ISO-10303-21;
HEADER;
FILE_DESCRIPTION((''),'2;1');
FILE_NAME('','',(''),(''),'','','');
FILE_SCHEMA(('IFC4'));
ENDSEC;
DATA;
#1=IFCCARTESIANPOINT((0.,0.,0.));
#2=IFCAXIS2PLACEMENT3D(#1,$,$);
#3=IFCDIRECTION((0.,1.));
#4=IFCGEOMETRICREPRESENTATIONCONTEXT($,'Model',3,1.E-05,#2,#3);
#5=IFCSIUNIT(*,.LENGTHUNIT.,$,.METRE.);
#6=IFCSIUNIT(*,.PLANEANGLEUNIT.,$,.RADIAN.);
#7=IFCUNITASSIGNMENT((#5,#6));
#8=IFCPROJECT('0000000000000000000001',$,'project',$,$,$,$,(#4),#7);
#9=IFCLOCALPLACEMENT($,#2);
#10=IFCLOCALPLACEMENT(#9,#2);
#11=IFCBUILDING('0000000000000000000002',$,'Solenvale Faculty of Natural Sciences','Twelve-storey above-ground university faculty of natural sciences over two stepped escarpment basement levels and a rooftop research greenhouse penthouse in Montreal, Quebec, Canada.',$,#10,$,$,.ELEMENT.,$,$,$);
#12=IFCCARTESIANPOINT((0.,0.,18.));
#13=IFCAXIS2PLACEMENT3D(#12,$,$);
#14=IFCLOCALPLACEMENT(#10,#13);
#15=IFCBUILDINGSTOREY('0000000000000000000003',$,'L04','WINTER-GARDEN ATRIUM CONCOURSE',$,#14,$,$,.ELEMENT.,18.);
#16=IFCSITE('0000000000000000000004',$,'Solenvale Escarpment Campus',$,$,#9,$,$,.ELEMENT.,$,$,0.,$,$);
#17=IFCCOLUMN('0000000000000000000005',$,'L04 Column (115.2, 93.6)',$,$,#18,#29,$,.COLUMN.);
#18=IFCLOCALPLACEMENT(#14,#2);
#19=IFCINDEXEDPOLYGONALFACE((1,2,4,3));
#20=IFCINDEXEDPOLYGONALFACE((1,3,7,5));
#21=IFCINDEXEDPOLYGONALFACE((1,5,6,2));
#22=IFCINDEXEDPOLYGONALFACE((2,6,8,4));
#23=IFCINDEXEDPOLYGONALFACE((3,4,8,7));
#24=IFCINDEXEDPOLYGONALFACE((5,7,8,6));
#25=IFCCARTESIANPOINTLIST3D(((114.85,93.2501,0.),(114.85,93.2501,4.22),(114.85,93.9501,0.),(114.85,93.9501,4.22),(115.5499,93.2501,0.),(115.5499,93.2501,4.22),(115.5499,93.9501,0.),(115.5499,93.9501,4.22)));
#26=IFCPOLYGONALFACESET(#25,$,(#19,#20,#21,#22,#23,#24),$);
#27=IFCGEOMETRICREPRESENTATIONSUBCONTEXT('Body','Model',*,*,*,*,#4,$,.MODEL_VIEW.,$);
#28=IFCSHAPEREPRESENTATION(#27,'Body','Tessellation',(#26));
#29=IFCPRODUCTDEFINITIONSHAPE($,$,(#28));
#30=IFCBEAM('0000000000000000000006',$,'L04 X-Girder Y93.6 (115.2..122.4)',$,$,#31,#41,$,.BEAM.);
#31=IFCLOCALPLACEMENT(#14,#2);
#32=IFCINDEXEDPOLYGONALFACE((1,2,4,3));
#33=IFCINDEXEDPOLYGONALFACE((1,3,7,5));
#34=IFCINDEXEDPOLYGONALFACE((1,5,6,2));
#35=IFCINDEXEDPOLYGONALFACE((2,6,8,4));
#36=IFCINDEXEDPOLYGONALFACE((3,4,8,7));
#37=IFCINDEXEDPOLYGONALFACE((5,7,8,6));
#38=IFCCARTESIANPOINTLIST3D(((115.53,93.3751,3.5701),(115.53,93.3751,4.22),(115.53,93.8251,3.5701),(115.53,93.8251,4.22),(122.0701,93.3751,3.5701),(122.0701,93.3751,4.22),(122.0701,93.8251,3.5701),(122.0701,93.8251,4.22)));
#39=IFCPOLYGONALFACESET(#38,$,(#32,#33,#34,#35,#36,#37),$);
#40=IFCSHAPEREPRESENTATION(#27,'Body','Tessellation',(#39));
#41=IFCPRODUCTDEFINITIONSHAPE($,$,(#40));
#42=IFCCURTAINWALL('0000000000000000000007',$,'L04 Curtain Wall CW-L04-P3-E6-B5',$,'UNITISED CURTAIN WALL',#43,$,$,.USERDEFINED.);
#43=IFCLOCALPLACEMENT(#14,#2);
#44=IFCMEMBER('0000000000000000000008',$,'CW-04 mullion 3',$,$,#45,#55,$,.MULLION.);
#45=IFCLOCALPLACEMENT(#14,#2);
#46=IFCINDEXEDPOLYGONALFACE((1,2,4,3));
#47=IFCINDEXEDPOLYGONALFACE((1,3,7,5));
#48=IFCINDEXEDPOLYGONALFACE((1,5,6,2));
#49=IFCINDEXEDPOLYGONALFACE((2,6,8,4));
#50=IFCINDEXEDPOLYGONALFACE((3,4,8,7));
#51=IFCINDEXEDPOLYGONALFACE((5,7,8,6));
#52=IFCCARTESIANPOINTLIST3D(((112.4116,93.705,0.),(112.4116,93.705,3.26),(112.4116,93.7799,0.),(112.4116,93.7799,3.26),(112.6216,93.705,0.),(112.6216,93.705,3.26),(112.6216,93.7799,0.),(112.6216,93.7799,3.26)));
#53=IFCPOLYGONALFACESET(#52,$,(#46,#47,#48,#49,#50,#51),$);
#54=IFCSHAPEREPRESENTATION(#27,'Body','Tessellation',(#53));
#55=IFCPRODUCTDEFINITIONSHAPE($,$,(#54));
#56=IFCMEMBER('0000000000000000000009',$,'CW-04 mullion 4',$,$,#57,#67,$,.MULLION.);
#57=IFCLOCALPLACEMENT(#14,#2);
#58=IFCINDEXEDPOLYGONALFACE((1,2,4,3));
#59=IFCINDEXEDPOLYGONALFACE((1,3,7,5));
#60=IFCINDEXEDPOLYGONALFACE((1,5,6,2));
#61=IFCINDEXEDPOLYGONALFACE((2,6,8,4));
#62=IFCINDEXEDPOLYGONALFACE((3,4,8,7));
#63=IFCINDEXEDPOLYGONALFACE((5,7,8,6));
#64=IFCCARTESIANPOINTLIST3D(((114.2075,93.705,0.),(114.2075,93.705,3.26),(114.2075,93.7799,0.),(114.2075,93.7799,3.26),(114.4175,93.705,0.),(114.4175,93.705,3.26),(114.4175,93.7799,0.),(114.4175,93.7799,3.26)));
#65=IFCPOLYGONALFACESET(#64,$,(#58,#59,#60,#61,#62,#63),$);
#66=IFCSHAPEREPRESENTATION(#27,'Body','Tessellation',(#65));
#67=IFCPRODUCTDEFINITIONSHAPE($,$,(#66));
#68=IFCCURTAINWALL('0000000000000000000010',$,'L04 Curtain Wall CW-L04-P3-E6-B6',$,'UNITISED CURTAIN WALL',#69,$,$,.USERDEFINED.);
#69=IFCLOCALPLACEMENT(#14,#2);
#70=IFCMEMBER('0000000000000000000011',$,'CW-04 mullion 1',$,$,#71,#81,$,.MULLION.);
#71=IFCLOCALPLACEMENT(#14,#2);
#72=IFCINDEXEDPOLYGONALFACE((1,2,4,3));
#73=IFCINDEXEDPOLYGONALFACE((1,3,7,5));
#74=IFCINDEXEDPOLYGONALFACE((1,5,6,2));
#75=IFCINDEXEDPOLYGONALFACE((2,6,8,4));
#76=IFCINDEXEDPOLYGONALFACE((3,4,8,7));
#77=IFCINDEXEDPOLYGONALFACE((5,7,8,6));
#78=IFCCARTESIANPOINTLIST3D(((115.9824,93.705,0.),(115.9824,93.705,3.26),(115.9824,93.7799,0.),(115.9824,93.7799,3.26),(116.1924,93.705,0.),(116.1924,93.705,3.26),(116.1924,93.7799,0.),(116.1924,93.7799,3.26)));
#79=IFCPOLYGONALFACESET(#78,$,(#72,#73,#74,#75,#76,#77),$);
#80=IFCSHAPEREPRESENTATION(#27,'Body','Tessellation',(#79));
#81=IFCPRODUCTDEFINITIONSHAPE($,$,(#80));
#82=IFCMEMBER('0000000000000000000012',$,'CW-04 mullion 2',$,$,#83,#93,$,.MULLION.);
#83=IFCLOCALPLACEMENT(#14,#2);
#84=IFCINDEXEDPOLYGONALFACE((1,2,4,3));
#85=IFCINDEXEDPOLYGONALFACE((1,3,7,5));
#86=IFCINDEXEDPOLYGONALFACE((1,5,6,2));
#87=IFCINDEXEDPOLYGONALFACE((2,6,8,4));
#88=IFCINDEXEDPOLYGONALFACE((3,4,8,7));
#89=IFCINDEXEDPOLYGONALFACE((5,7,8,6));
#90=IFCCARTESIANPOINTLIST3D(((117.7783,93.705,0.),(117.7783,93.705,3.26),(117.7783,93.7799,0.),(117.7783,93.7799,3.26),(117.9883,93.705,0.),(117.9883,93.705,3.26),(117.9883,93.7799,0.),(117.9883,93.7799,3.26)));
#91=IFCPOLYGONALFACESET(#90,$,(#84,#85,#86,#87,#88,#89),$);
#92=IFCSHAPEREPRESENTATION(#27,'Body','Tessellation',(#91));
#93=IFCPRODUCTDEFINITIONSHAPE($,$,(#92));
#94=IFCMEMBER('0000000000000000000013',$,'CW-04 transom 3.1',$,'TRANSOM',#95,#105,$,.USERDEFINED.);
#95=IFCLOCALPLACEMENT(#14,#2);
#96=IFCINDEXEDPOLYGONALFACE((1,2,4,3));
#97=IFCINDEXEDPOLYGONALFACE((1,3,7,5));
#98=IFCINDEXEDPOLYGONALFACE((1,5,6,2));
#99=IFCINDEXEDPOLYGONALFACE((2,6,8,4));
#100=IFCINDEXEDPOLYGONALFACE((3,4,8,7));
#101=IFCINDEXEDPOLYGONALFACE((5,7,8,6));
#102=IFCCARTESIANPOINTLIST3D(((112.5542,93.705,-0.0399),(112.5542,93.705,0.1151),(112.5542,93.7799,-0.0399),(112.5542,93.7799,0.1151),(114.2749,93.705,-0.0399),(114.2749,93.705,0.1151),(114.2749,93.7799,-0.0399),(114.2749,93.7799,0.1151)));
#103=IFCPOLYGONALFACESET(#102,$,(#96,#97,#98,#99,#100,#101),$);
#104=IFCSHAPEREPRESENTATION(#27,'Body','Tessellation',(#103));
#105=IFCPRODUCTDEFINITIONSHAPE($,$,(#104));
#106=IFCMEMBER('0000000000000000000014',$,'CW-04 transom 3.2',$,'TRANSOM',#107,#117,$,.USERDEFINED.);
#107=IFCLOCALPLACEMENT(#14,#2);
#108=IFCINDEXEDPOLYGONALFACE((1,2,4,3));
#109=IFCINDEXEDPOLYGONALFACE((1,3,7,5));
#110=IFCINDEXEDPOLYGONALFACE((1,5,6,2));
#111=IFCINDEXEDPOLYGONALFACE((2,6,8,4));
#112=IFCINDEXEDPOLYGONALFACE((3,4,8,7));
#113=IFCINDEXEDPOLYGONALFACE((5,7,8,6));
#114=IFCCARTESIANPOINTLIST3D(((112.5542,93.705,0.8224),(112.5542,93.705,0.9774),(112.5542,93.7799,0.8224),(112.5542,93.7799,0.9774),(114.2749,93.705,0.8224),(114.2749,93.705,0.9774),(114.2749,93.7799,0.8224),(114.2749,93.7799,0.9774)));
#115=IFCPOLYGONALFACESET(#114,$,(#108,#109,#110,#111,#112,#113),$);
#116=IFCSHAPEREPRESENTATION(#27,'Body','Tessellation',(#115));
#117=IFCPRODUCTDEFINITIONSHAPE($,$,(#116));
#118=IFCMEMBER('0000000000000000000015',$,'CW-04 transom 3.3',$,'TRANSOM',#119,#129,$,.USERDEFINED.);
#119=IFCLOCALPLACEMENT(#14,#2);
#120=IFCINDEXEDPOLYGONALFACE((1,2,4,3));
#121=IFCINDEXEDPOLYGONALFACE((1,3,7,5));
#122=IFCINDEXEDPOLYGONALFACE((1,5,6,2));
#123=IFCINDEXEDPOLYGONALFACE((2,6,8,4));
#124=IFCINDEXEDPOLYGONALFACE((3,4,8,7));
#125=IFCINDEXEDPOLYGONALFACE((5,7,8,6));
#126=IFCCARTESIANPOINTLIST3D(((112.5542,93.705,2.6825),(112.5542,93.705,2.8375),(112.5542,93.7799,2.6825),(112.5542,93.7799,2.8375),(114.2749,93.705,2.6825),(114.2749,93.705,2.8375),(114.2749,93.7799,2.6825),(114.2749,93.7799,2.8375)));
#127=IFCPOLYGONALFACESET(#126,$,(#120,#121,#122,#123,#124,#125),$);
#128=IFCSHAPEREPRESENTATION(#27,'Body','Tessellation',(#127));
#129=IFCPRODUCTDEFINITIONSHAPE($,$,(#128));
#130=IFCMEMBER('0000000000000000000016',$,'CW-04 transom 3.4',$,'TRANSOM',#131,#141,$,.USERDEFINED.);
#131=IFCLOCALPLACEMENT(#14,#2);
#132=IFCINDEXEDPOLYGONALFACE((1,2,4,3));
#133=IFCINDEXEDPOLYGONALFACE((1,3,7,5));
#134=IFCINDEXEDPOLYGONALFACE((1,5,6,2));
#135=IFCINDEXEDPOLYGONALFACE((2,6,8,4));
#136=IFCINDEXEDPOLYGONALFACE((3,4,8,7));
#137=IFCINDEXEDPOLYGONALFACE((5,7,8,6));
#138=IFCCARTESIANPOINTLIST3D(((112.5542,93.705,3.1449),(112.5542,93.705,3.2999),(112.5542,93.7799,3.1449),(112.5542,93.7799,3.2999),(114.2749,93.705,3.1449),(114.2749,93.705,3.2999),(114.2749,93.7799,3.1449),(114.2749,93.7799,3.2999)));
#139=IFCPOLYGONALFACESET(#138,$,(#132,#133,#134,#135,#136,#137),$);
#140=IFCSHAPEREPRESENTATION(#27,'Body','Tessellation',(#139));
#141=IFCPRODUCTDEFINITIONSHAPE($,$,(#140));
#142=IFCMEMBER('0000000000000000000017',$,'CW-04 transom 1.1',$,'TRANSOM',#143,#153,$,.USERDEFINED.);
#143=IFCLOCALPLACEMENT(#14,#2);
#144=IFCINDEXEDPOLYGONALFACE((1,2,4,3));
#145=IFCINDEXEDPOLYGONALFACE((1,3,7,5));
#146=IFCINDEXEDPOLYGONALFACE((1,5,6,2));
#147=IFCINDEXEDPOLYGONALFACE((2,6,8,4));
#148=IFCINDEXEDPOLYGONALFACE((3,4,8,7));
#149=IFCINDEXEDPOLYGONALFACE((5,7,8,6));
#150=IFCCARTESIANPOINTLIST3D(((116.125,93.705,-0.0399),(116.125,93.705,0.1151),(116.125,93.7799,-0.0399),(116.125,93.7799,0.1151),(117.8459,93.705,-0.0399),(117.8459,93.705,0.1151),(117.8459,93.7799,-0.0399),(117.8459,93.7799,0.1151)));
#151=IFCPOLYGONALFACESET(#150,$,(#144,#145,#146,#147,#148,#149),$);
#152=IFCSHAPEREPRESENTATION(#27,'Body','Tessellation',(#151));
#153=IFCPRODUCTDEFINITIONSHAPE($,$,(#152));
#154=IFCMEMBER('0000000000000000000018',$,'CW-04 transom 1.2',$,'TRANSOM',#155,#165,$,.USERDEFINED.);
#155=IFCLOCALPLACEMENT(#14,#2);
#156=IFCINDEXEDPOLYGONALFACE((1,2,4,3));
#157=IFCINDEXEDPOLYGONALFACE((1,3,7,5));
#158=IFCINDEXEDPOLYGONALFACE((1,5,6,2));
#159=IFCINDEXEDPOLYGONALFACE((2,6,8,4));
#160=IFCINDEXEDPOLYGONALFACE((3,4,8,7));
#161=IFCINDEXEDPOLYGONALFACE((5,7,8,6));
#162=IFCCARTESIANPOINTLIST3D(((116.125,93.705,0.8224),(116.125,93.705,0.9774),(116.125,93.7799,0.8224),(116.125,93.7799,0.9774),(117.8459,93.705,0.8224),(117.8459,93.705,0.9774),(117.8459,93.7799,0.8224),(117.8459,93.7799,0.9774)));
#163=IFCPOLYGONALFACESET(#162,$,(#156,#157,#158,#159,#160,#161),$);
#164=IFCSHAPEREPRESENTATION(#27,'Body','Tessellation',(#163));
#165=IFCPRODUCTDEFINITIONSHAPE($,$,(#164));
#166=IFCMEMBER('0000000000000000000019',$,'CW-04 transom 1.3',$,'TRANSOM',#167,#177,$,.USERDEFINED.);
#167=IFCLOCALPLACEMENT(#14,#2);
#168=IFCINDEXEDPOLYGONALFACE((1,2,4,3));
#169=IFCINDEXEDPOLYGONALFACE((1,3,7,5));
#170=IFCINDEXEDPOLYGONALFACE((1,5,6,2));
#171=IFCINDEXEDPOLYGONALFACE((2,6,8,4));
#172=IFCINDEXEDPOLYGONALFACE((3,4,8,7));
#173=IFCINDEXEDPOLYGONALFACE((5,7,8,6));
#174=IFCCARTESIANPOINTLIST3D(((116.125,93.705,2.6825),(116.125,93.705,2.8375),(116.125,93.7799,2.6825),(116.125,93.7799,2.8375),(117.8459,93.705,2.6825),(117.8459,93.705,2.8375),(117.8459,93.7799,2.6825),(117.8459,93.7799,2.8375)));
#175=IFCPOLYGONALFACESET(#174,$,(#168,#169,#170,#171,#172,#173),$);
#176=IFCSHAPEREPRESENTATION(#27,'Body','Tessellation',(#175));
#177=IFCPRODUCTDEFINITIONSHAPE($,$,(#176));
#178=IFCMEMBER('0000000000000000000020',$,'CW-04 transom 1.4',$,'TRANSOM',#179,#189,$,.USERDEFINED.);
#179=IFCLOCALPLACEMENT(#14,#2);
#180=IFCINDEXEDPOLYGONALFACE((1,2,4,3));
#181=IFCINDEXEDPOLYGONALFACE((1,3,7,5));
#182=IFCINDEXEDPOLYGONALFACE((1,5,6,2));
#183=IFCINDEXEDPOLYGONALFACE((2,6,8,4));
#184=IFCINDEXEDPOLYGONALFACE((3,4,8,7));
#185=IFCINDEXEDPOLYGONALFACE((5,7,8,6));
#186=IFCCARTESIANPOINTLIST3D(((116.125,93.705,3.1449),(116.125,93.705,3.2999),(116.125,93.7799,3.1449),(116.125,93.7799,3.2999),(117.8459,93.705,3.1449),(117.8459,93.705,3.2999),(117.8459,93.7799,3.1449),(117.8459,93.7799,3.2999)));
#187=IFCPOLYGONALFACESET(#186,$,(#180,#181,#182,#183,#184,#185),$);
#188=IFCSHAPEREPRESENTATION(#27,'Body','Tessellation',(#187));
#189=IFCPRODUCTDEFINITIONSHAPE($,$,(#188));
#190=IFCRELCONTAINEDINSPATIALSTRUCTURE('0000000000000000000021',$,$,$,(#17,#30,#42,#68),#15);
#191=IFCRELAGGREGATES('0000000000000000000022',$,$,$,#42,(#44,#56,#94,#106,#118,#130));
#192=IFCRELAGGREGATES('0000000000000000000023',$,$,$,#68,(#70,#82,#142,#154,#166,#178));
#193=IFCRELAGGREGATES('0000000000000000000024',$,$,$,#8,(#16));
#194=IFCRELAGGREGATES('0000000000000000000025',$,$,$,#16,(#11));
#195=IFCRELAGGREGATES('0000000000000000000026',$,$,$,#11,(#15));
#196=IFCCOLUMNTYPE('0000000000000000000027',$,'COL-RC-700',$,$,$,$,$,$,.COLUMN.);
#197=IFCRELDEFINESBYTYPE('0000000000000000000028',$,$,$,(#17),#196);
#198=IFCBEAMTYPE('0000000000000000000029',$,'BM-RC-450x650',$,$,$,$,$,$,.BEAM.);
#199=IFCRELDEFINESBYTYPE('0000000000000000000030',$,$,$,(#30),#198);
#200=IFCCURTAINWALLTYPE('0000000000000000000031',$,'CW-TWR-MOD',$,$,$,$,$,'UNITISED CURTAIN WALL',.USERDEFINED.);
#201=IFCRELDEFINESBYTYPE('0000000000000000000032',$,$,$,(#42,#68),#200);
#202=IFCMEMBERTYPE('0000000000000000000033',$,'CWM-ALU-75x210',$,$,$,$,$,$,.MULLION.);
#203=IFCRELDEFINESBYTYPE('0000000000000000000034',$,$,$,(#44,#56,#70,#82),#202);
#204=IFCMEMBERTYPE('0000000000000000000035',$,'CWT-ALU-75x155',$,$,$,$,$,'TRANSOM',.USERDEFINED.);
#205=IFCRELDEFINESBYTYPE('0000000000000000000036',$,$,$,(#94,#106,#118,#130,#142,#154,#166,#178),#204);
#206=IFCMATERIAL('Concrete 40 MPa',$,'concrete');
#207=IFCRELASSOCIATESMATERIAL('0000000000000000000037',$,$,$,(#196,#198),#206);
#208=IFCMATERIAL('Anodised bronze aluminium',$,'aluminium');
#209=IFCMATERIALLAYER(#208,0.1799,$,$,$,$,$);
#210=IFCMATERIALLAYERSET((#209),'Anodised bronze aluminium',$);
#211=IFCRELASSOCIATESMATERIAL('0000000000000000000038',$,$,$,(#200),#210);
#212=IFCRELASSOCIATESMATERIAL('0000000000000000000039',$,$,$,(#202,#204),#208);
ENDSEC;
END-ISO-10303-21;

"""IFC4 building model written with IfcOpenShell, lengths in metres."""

from ifc_helpers import new_model, si_unit, direction, frame, origin, origin_2d, place, context, subcontext, project, spatial, rectangle, extrude, material, layer, layer_set, material_profile, profile_set, type_object, element, aggregate, save


model = new_model("IFC4")

# Units and contexts
model_context = context("Model", 3, precision=1e-05, world=origin(), true_north=direction((0.0, 1.0)))
body_context = subcontext(model_context, "Body", "Model", "MODEL_VIEW")
ifc_project = project(units=[si_unit("LENGTHUNIT", "METRE"), si_unit("PLANEANGLEUNIT", "RADIAN")], contexts=[model_context])

# Site, building, storey
site_placement = place(None, origin())
site = spatial("IfcSite", under=ifc_project, at=site_placement, Name="Solenvale Escarpment Campus", CompositionType="ELEMENT", RefElevation=0.0)
building_placement = place(site_placement, origin())
building = spatial("IfcBuilding", under=site, at=building_placement, Name="Solenvale Faculty of Natural Sciences", Description="Twelve-storey above-ground university faculty of natural sciences over two stepped escarpment basement levels and a rooftop research greenhouse penthouse in Montreal, Quebec, Canada.", CompositionType="ELEMENT")
storey_placement = place(building_placement, frame((0.0, 0.0, 18.0)))
storey = spatial("IfcBuildingStorey", under=building, at=storey_placement, Name="L04", Description="WINTER-GARDEN ATRIUM CONCOURSE", CompositionType="ELEMENT", Elevation=18.0)

# Column
ifc_material_1 = material(Name="Concrete 40 MPa", Category="concrete")
ifc_material_profile_1 = material_profile(ifc_material_1, rectangle(XDim=0.7, YDim=0.7, at=origin_2d()), Name="RC-COL-700x700")
ifc_profile_set_1 = profile_set([ifc_material_profile_1], Name="Concrete 40 MPa")
column_type = type_object("IfcColumnType", Name="COL-RC-700", PredefinedType="COLUMN", material=ifc_profile_set_1)
column_placement = place(storey_placement, frame((115.2, 93.6001, 0.0), z_axis=(0.0, 0.0, 1.0), x_axis=(1.0, 0.0, 0.0)))
element("IfcColumn", 1, at=column_placement, inside=storey, type_object=column_type, Name="L04 Column (115.2, 93.6)", PredefinedType="COLUMN", context=body_context, shape_type="SweptSolid", body=[
    extrude(rectangle(XDim=0.7, YDim=0.7, at=origin_2d()), origin(), (0.0, 0.0, 1.0), 4.22),
])

# Beam
ifc_material_profile_2 = material_profile(ifc_material_1, rectangle(XDim=0.45, YDim=0.6499, at=origin_2d()), Name="RC-BM-450x650")
ifc_profile_set_2 = profile_set([ifc_material_profile_2], Name="Concrete 40 MPa")
beam_type = type_object("IfcBeamType", Name="BM-RC-450x650", PredefinedType="BEAM", material=ifc_profile_set_2)
beam_placement = place(storey_placement, frame((115.53, 93.6001, 3.895), z_axis=(1.0, 0.0, 0.0), x_axis=(0.0, 1.0, 0.0)))
element("IfcBeam", 2, at=beam_placement, inside=storey, type_object=beam_type, Name="L04 X-Girder Y93.6 (115.2..122.4)", PredefinedType="BEAM", context=body_context, shape_type="SweptSolid", body=[
    extrude(rectangle(XDim=0.45, YDim=0.6499, at=origin_2d()), origin(), (0.0, 0.0, 1.0), 6.54),
])

# Curtain walls, members
ifc_material_2 = material(Name="Anodised bronze aluminium", Category="aluminium")
ifc_layer_1 = layer(ifc_material_2, 0.1799)
ifc_layer_set_1 = layer_set([ifc_layer_1], Name="Anodised bronze aluminium")
curtain_wall_type = type_object("IfcCurtainWallType", Name="CW-TWR-MOD", ElementType="UNITISED CURTAIN WALL", PredefinedType="USERDEFINED", material=ifc_layer_set_1)
curtain_wall_1_placement = place(storey_placement, origin())
curtain_wall_1 = element("IfcCurtainWall", 3, at=curtain_wall_1_placement, inside=storey, type_object=curtain_wall_type, Name="L04 Curtain Wall CW-L04-P3-E6-B5", ObjectType="UNITISED CURTAIN WALL", PredefinedType="USERDEFINED")
ifc_material_profile_3 = material_profile(ifc_material_2, rectangle(XDim=0.075, YDim=0.21, at=origin_2d()), Name="ALU-MUL-75x210")
ifc_profile_set_3 = profile_set([ifc_material_profile_3], Name="Anodised bronze aluminium")
member_type_1 = type_object("IfcMemberType", Name="CWM-ALU-75x210", PredefinedType="MULLION", material=ifc_profile_set_3)
member_1_placement = place(storey_placement, frame((112.5166, 93.7424, 0.0), z_axis=(0.0, 0.0, 1.0), x_axis=(0.0, 1.0, 0.0)))
member_1 = element("IfcMember", 4, at=member_1_placement, type_object=member_type_1, Name="CW-04 mullion 3", PredefinedType="MULLION", context=body_context, shape_type="SweptSolid", body=[
    extrude(rectangle(XDim=0.075, YDim=0.21, at=origin_2d()), origin(), (0.0, 0.0, 1.0), 3.26),
])
member_2_placement = place(storey_placement, frame((114.3125, 93.7424, 0.0), z_axis=(0.0, 0.0, 1.0), x_axis=(0.0, 1.0, 0.0)))
member_2 = element("IfcMember", 5, at=member_2_placement, type_object=member_type_1, Name="CW-04 mullion 4", PredefinedType="MULLION", context=body_context, shape_type="SweptSolid", body=[
    extrude(rectangle(XDim=0.075, YDim=0.21, at=origin_2d()), origin(), (0.0, 0.0, 1.0), 3.26),
])
curtain_wall_2_placement = place(storey_placement, origin())
curtain_wall_2 = element("IfcCurtainWall", 6, at=curtain_wall_2_placement, inside=storey, type_object=curtain_wall_type, Name="L04 Curtain Wall CW-L04-P3-E6-B6", ObjectType="UNITISED CURTAIN WALL", PredefinedType="USERDEFINED")
member_3_placement = place(storey_placement, frame((116.0874, 93.7424, 0.0), z_axis=(0.0, 0.0, 1.0), x_axis=(0.0, 1.0, 0.0)))
member_3 = element("IfcMember", 7, at=member_3_placement, type_object=member_type_1, Name="CW-04 mullion 1", PredefinedType="MULLION", context=body_context, shape_type="SweptSolid", body=[
    extrude(rectangle(XDim=0.075, YDim=0.21, at=origin_2d()), origin(), (0.0, 0.0, 1.0), 3.26),
])
member_4_placement = place(storey_placement, frame((117.8833, 93.7424, 0.0), z_axis=(0.0, 0.0, 1.0), x_axis=(0.0, 1.0, 0.0)))
member_4 = element("IfcMember", 8, at=member_4_placement, type_object=member_type_1, Name="CW-04 mullion 2", PredefinedType="MULLION", context=body_context, shape_type="SweptSolid", body=[
    extrude(rectangle(XDim=0.075, YDim=0.21, at=origin_2d()), origin(), (0.0, 0.0, 1.0), 3.26),
])

# Members
ifc_material_profile_4 = material_profile(ifc_material_2, rectangle(XDim=0.075, YDim=0.155, at=origin_2d()), Name="ALU-TRN-75x155")
ifc_profile_set_4 = profile_set([ifc_material_profile_4], Name="Anodised bronze aluminium")
member_type_2 = type_object("IfcMemberType", Name="CWT-ALU-75x155", ElementType="TRANSOM", PredefinedType="USERDEFINED", material=ifc_profile_set_4)
member_5_placement = place(storey_placement, frame((112.5542, 93.7424, 0.0376), z_axis=(1.0, 0.0, 0.0), x_axis=(0.0, 1.0, 0.0)))
member_5 = element("IfcMember", 9, at=member_5_placement, type_object=member_type_2, Name="CW-04 transom 3.1", ObjectType="TRANSOM", PredefinedType="USERDEFINED", context=body_context, shape_type="SweptSolid", body=[
    extrude(rectangle(XDim=0.075, YDim=0.155, at=origin_2d()), origin(), (0.0, 0.0, 1.0), 1.7207),
])
member_6_placement = place(storey_placement, frame((112.5542, 93.7424, 0.8999), z_axis=(1.0, 0.0, 0.0), x_axis=(0.0, 1.0, 0.0)))
member_6 = element("IfcMember", 10, at=member_6_placement, type_object=member_type_2, Name="CW-04 transom 3.2", ObjectType="TRANSOM", PredefinedType="USERDEFINED", context=body_context, shape_type="SweptSolid", body=[
    extrude(rectangle(XDim=0.075, YDim=0.155, at=origin_2d()), origin(), (0.0, 0.0, 1.0), 1.7207),
])
member_7_placement = place(storey_placement, frame((112.5542, 93.7424, 2.76), z_axis=(1.0, 0.0, 0.0), x_axis=(0.0, 1.0, 0.0)))
member_7 = element("IfcMember", 11, at=member_7_placement, type_object=member_type_2, Name="CW-04 transom 3.3", ObjectType="TRANSOM", PredefinedType="USERDEFINED", context=body_context, shape_type="SweptSolid", body=[
    extrude(rectangle(XDim=0.075, YDim=0.155, at=origin_2d()), origin(), (0.0, 0.0, 1.0), 1.7207),
])
member_8_placement = place(storey_placement, frame((112.5542, 93.7424, 3.2224), z_axis=(1.0, 0.0, 0.0), x_axis=(0.0, 1.0, 0.0)))
member_8 = element("IfcMember", 12, at=member_8_placement, type_object=member_type_2, Name="CW-04 transom 3.4", ObjectType="TRANSOM", PredefinedType="USERDEFINED", context=body_context, shape_type="SweptSolid", body=[
    extrude(rectangle(XDim=0.075, YDim=0.155, at=origin_2d()), origin(), (0.0, 0.0, 1.0), 1.7207),
])
member_9_placement = place(storey_placement, frame((116.125, 93.7424, 0.0376), z_axis=(1.0, 0.0, 0.0), x_axis=(0.0, 1.0, 0.0)))
member_9 = element("IfcMember", 13, at=member_9_placement, type_object=member_type_2, Name="CW-04 transom 1.1", ObjectType="TRANSOM", PredefinedType="USERDEFINED", context=body_context, shape_type="SweptSolid", body=[
    extrude(rectangle(XDim=0.075, YDim=0.155, at=origin_2d()), origin(), (0.0, 0.0, 1.0), 1.7209),
])
member_10_placement = place(storey_placement, frame((116.125, 93.7424, 0.8999), z_axis=(1.0, 0.0, 0.0), x_axis=(0.0, 1.0, 0.0)))
member_10 = element("IfcMember", 14, at=member_10_placement, type_object=member_type_2, Name="CW-04 transom 1.2", ObjectType="TRANSOM", PredefinedType="USERDEFINED", context=body_context, shape_type="SweptSolid", body=[
    extrude(rectangle(XDim=0.075, YDim=0.155, at=origin_2d()), origin(), (0.0, 0.0, 1.0), 1.7209),
])
member_11_placement = place(storey_placement, frame((116.125, 93.7424, 2.76), z_axis=(1.0, 0.0, 0.0), x_axis=(0.0, 1.0, 0.0)))
member_11 = element("IfcMember", 15, at=member_11_placement, type_object=member_type_2, Name="CW-04 transom 1.3", ObjectType="TRANSOM", PredefinedType="USERDEFINED", context=body_context, shape_type="SweptSolid", body=[
    extrude(rectangle(XDim=0.075, YDim=0.155, at=origin_2d()), origin(), (0.0, 0.0, 1.0), 1.7209),
])
member_12_placement = place(storey_placement, frame((116.125, 93.7424, 3.2224), z_axis=(1.0, 0.0, 0.0), x_axis=(0.0, 1.0, 0.0)))
member_12 = element("IfcMember", 16, at=member_12_placement, type_object=member_type_2, Name="CW-04 transom 1.4", ObjectType="TRANSOM", PredefinedType="USERDEFINED", context=body_context, shape_type="SweptSolid", body=[
    extrude(rectangle(XDim=0.075, YDim=0.155, at=origin_2d()), origin(), (0.0, 0.0, 1.0), 1.7209),
])

aggregate(curtain_wall_1, [member_1, member_2, member_5, member_6, member_7, member_8])
aggregate(curtain_wall_2, [member_3, member_4, member_9, member_10, member_11, member_12])

save(model, "model.ifc")
